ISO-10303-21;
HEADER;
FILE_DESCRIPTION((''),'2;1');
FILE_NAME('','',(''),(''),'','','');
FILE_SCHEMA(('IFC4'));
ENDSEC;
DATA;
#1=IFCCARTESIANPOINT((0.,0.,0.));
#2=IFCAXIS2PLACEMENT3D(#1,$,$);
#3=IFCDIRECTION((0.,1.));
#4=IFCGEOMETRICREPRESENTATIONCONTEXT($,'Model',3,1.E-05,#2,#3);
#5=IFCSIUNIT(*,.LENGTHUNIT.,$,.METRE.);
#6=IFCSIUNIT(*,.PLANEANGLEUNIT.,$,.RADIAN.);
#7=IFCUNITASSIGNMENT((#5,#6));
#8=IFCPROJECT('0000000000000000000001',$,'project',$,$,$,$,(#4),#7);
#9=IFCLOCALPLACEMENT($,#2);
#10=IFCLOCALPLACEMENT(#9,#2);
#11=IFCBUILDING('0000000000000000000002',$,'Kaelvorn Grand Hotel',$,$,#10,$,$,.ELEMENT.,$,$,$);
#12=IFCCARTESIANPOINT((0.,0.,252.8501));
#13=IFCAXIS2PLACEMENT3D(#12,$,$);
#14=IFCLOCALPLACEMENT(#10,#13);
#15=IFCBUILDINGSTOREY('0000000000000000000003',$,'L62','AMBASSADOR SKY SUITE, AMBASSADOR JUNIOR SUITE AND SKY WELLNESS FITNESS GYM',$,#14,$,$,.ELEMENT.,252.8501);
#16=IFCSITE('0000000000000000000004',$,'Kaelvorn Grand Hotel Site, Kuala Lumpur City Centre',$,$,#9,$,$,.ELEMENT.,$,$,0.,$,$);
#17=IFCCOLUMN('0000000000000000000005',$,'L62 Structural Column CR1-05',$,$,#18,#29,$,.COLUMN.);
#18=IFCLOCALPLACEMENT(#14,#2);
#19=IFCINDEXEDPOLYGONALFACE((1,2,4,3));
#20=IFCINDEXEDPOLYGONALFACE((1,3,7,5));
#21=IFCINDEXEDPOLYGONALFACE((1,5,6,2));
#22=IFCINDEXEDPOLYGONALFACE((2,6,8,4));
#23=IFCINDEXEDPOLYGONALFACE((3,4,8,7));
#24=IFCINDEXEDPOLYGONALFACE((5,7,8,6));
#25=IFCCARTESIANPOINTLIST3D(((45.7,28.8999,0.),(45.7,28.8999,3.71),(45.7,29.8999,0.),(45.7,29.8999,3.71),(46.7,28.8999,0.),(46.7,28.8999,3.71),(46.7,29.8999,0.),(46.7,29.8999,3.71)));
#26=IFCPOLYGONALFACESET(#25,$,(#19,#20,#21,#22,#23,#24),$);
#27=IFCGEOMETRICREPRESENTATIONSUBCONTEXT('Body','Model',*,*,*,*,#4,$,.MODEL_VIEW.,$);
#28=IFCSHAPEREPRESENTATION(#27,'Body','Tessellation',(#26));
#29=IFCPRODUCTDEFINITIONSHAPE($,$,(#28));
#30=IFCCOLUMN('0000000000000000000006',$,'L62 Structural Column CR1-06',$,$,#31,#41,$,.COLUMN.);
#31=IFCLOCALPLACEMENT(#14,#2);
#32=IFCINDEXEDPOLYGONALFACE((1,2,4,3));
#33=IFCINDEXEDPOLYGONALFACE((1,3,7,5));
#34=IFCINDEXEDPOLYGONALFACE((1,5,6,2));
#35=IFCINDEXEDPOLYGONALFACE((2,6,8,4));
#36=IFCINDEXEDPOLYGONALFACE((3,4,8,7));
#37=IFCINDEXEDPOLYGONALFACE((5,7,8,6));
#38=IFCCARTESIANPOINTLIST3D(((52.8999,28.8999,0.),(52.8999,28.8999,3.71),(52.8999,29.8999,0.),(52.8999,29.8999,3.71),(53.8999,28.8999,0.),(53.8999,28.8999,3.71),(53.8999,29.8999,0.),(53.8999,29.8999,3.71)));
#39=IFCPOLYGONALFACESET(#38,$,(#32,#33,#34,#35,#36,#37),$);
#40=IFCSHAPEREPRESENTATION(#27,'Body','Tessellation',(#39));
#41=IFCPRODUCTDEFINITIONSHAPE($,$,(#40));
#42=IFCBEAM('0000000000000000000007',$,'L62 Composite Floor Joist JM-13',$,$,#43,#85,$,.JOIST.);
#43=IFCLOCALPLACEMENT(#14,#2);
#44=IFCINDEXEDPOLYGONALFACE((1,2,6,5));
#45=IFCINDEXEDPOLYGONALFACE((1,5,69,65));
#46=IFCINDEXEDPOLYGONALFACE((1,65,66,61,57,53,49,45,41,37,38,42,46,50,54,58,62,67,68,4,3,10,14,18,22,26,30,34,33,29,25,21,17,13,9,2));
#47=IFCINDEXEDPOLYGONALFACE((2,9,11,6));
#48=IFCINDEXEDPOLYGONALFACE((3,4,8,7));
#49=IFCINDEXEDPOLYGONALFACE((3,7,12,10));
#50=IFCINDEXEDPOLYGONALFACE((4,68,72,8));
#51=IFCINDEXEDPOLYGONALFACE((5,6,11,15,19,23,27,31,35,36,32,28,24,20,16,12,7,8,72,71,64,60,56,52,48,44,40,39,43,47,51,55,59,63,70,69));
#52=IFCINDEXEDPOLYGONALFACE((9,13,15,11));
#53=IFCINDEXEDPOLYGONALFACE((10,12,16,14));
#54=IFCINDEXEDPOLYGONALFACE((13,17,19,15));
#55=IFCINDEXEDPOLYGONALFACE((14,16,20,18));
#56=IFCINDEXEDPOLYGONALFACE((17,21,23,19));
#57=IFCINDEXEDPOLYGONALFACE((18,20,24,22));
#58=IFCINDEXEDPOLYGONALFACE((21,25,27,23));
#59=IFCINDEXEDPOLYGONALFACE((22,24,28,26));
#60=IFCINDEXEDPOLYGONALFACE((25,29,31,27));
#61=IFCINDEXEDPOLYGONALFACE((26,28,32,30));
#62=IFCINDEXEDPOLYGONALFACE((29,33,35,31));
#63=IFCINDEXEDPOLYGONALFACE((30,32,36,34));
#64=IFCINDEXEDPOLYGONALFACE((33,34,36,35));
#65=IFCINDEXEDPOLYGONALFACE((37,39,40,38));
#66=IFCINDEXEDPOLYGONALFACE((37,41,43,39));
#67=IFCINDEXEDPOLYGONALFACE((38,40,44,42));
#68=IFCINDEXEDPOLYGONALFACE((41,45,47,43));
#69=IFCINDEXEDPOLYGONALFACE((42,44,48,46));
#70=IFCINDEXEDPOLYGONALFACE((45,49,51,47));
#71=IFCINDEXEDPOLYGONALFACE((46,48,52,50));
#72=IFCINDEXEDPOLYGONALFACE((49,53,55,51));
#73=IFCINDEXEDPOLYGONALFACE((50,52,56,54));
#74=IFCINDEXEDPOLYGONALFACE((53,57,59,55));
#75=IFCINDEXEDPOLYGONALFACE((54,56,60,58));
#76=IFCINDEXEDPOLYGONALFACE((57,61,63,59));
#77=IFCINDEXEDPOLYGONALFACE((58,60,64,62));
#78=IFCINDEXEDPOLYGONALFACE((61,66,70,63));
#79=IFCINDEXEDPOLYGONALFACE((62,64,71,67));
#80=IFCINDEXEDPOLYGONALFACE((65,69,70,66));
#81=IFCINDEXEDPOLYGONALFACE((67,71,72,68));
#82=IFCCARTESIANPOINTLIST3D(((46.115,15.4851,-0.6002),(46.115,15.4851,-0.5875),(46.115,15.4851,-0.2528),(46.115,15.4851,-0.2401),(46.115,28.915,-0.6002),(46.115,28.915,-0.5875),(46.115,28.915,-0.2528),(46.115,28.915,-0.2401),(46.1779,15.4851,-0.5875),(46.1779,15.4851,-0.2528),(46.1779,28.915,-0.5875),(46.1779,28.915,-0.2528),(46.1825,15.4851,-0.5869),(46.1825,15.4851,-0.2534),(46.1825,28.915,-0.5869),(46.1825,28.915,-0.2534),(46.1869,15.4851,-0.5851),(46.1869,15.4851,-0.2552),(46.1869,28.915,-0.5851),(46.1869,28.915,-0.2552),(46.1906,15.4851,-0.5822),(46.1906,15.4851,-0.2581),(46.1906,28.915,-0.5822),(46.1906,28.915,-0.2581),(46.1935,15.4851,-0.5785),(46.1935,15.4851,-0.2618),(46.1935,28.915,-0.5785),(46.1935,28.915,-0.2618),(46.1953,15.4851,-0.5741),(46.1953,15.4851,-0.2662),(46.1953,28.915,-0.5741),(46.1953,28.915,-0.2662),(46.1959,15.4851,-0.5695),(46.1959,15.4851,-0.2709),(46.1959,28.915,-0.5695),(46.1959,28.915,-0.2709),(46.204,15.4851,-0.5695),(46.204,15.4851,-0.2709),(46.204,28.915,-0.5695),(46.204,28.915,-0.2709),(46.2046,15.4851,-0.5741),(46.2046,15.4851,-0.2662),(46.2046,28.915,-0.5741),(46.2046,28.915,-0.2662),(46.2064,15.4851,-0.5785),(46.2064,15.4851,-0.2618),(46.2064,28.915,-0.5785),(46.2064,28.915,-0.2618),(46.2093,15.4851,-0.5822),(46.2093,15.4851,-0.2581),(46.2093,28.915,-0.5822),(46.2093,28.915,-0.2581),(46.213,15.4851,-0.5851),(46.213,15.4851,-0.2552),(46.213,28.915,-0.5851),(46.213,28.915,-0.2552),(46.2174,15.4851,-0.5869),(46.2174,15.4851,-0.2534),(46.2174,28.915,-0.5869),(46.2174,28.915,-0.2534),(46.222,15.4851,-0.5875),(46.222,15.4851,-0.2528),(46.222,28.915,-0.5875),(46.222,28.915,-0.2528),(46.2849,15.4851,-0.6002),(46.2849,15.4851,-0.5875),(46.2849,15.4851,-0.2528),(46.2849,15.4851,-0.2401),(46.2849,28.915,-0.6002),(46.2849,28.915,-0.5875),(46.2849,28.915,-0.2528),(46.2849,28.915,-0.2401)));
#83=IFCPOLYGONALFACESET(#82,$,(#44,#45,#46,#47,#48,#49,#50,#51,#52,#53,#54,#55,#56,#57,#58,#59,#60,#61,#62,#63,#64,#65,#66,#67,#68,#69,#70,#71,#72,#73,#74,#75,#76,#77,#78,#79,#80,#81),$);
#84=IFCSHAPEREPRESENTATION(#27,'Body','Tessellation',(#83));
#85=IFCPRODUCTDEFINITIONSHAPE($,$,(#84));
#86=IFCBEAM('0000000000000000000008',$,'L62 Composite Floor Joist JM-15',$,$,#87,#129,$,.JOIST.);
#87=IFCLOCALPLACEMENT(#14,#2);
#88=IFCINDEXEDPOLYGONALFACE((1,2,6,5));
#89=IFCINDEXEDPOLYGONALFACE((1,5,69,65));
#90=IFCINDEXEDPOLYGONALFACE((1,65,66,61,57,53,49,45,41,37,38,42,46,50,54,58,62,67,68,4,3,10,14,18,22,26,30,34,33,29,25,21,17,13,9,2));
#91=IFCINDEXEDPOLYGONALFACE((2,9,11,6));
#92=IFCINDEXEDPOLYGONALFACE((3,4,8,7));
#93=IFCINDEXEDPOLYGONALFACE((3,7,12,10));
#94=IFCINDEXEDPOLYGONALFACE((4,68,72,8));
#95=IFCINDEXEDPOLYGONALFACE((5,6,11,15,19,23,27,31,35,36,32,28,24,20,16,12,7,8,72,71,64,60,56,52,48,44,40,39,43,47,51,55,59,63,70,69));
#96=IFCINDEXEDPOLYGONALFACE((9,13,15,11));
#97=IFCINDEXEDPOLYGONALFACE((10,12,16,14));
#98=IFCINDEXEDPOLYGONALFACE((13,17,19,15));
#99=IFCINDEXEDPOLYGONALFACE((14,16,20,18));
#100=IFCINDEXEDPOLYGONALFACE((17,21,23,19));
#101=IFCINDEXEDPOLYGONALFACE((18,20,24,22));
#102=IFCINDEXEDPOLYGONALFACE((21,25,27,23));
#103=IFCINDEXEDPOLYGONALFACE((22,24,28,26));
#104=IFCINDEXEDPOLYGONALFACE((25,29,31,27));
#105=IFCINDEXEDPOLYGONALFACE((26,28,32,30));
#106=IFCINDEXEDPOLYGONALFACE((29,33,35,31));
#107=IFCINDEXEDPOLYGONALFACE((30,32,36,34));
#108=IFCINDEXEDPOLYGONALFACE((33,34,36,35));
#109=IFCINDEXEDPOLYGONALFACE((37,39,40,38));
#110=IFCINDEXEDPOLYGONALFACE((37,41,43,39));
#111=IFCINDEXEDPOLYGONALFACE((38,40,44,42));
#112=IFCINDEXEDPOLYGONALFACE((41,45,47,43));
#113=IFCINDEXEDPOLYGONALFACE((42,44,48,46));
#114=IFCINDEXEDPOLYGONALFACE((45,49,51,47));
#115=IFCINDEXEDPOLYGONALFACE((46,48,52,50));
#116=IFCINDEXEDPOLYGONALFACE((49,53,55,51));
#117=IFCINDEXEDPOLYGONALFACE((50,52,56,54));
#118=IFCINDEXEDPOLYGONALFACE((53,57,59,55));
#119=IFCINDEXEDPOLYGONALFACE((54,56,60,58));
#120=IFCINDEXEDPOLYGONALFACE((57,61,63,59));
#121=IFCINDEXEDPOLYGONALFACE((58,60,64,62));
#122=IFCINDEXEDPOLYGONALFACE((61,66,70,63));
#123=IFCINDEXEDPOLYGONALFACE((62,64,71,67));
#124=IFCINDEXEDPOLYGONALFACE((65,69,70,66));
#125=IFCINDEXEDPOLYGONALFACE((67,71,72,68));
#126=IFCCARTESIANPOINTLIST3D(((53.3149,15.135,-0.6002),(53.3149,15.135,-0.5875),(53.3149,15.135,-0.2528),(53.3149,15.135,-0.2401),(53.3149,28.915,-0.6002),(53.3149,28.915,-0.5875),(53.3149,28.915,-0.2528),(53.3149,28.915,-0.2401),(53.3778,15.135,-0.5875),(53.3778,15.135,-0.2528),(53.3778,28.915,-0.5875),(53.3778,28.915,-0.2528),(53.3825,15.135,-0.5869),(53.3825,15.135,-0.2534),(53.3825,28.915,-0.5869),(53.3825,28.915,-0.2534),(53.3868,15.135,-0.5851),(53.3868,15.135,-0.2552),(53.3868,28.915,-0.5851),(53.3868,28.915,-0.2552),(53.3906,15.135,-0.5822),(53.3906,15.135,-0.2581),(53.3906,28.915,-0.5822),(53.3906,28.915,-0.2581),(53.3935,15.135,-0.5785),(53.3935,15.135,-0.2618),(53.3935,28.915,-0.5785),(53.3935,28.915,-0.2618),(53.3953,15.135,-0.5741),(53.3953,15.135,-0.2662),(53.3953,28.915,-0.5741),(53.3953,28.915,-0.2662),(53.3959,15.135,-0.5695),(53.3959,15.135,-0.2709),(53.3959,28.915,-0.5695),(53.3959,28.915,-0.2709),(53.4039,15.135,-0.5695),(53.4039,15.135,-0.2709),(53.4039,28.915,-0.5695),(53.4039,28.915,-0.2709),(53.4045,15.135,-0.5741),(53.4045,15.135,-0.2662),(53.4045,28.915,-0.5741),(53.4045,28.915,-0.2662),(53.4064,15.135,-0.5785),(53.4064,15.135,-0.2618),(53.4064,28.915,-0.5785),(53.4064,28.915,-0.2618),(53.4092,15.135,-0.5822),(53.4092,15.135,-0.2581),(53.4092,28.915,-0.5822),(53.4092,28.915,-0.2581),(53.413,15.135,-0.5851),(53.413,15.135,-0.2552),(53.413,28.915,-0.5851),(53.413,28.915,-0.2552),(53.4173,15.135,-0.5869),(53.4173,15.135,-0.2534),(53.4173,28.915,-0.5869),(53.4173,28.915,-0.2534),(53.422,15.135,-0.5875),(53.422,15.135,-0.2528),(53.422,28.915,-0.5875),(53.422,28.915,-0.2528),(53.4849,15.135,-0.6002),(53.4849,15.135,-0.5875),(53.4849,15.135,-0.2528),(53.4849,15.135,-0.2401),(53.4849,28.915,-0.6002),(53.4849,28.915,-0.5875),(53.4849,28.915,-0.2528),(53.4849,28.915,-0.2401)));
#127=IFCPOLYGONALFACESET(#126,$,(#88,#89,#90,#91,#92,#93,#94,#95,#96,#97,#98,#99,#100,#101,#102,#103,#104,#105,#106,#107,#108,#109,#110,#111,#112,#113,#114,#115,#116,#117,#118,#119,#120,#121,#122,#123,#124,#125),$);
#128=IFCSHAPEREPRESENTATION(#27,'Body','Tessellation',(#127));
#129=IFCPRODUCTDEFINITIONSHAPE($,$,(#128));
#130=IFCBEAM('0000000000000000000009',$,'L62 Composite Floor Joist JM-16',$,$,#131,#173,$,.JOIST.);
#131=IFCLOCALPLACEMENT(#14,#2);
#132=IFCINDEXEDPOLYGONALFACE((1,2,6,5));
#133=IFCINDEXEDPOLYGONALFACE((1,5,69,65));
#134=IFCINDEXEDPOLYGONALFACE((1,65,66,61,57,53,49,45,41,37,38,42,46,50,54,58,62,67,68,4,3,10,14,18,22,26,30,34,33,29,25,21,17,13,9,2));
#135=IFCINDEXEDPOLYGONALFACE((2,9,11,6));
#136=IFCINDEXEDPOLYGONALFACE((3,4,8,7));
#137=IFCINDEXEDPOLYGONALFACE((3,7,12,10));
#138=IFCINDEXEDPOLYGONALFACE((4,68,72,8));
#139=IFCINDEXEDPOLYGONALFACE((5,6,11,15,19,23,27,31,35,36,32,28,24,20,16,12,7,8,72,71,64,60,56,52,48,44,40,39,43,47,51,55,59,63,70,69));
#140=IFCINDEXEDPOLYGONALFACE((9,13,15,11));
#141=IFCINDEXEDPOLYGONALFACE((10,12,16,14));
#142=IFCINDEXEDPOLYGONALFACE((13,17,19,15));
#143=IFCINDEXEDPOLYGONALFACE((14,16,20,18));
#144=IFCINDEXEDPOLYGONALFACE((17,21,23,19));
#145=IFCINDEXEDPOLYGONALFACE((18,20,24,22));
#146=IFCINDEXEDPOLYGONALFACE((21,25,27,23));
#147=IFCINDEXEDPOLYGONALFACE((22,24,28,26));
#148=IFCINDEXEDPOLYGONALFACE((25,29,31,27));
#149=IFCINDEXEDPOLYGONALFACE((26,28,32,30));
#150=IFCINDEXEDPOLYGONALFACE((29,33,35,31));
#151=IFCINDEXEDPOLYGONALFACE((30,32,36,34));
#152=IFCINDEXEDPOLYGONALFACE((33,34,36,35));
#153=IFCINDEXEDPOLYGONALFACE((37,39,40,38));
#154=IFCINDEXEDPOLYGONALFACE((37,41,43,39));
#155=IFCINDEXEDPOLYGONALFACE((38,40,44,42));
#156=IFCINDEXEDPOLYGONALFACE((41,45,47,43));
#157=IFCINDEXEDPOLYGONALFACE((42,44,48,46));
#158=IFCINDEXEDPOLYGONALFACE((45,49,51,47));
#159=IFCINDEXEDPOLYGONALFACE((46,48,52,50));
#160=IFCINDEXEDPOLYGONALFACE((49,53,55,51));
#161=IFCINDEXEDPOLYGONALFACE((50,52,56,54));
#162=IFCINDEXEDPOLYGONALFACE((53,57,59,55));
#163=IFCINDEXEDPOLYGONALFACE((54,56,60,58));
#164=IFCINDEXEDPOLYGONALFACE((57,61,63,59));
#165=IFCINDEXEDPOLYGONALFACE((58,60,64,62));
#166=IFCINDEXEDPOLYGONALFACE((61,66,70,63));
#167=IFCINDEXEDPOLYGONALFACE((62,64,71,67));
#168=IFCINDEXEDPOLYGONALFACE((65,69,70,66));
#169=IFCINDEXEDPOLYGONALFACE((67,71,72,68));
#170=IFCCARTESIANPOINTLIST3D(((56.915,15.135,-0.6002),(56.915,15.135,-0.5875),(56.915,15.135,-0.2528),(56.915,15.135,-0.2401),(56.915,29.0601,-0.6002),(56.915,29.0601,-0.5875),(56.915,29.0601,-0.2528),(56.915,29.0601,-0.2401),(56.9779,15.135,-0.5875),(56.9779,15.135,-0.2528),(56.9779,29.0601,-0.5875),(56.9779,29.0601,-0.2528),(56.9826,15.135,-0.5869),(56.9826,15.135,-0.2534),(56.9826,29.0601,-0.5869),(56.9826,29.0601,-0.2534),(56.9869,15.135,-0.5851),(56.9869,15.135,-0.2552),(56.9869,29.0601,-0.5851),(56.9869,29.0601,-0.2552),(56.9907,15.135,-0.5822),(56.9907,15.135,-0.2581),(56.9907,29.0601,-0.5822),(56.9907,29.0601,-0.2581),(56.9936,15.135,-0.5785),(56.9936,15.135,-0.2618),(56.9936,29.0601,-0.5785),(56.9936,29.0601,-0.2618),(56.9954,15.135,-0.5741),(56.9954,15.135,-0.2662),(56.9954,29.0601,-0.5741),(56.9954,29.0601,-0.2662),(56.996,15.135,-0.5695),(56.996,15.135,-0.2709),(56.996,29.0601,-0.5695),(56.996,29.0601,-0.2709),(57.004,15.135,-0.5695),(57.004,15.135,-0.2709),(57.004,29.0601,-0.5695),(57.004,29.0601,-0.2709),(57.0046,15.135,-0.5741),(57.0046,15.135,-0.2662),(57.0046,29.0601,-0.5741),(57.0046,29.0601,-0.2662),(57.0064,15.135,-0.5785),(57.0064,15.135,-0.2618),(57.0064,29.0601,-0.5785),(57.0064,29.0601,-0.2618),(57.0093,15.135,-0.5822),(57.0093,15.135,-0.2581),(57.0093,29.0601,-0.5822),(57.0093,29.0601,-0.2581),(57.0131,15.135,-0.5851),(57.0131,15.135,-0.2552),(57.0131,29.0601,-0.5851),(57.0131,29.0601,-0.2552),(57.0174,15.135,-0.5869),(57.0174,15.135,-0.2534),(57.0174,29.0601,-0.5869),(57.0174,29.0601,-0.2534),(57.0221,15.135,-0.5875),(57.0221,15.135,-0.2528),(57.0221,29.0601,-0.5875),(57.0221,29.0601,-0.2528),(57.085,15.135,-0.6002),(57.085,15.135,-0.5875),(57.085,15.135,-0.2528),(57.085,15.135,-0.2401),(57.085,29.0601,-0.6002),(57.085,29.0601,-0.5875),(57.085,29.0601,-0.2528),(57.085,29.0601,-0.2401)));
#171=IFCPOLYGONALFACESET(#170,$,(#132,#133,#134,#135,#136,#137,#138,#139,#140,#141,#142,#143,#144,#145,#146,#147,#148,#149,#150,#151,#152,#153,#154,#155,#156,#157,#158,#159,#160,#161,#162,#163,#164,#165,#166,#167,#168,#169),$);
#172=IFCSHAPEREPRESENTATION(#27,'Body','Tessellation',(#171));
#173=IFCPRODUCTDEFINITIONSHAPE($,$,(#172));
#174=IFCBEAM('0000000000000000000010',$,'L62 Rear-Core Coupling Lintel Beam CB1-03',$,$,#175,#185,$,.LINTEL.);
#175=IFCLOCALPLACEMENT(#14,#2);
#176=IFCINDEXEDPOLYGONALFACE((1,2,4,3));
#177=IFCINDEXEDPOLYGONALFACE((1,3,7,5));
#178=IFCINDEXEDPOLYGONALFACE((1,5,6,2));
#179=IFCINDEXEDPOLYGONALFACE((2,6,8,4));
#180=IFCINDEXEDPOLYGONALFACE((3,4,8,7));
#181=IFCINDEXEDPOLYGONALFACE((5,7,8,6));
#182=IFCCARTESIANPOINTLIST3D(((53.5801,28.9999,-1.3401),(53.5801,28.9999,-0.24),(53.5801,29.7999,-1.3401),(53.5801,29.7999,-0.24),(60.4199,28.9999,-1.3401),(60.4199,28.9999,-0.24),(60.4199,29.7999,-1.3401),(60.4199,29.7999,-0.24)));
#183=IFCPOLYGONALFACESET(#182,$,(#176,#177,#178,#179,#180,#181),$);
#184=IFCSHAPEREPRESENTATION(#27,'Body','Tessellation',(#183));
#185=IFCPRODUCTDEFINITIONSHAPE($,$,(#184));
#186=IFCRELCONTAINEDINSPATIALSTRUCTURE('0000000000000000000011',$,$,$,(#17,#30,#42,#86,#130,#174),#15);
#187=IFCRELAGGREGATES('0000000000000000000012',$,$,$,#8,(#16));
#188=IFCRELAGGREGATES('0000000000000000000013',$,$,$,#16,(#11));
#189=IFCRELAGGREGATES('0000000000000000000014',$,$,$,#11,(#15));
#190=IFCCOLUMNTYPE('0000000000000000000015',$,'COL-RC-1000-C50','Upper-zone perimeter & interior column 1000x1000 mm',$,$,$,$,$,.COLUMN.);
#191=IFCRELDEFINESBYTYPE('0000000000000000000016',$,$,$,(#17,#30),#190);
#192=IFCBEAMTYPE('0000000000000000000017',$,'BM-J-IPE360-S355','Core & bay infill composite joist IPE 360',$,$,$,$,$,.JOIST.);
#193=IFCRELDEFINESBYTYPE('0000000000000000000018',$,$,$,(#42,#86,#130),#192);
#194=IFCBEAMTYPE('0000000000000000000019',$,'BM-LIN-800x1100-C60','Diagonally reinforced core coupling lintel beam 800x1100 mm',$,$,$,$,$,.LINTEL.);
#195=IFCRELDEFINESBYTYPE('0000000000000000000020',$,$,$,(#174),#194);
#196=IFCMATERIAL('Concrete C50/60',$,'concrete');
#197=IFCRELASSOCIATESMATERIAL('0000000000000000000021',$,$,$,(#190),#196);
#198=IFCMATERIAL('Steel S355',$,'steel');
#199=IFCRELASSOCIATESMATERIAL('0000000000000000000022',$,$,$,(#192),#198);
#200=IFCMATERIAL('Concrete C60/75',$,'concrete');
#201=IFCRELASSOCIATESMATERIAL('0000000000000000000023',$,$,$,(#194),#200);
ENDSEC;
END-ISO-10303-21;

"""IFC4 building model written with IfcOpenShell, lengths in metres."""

from ifc_helpers import new_model, si_unit, direction, frame, origin, origin_2d, place, context, subcontext, project, spatial, rectangle, i_section, extrude, material, material_profile, profile_set, type_object, element, save


model = new_model("IFC4")

# Units and contexts
model_context = context("Model", 3, precision=1e-05, world=origin(), true_north=direction((0.0, 1.0)))
body_context = subcontext(model_context, "Body", "Model", "MODEL_VIEW")
ifc_project = project(units=[si_unit("LENGTHUNIT", "METRE"), si_unit("PLANEANGLEUNIT", "RADIAN")], contexts=[model_context])

# Site, building, storey
site_placement = place(None, origin())
site = spatial("IfcSite", under=ifc_project, at=site_placement, Name="Kaelvorn Grand Hotel Site, Kuala Lumpur City Centre", CompositionType="ELEMENT", RefElevation=0.0)
building_placement = place(site_placement, origin())
building = spatial("IfcBuilding", under=site, at=building_placement, Name="Kaelvorn Grand Hotel", CompositionType="ELEMENT")
storey_placement = place(building_placement, frame((0.0, 0.0, 252.8501)))
storey = spatial("IfcBuildingStorey", under=building, at=storey_placement, Name="L62", Description="AMBASSADOR SKY SUITE, AMBASSADOR JUNIOR SUITE AND SKY WELLNESS FITNESS GYM", CompositionType="ELEMENT", Elevation=252.8501)

# Columns
ifc_material_1 = material(Name="Concrete C50/60", Category="concrete")
ifc_material_profile_1 = material_profile(ifc_material_1, rectangle(XDim=1.0, YDim=1.0, at=origin_2d()), Name="RC COL 1000x1000")
ifc_profile_set_1 = profile_set([ifc_material_profile_1], Name="Concrete C50/60")
column_type = type_object("IfcColumnType", Name="COL-RC-1000-C50", Description="Upper-zone perimeter & interior column 1000x1000 mm", PredefinedType="COLUMN", material=ifc_profile_set_1)
for number, where, z_axis, x_axis, name in (
    (1, (46.2, 29.3999, 0.0), (0.0, 0.0, 1.0), (1.0, 0.0, 0.0), "L62 Structural Column CR1-05"),
    (2, (53.3999, 29.3999, 0.0), (0.0, 0.0, 1.0), (1.0, 0.0, 0.0), "L62 Structural Column CR1-06"),
):
    element("IfcColumn", number, at=place(storey_placement, frame(where, z_axis=z_axis, x_axis=x_axis)), inside=storey, type_object=column_type, Name=name, PredefinedType="COLUMN", context=body_context, shape_type="SweptSolid", body=[
        extrude(rectangle(XDim=1.0, YDim=1.0, at=origin_2d()), origin(), (0.0, 0.0, 1.0), 3.71),
    ])

# Beams
ifc_material_2 = material(Name="Steel S355", Category="steel")
ifc_material_profile_2 = material_profile(ifc_material_2, i_section(OverallWidth=0.1699, OverallDepth=0.3601, WebThickness=0.0081, FlangeThickness=0.0127, FilletRadius=0.0181, at=origin_2d()), Name="IPE 360")
ifc_profile_set_2 = profile_set([ifc_material_profile_2], Name="Steel S355")
beam_type_1 = type_object("IfcBeamType", Name="BM-J-IPE360-S355", Description="Core & bay infill composite joist IPE 360", PredefinedType="JOIST", material=ifc_profile_set_2)
beam_1_placement = place(storey_placement, frame((46.2, 15.4851, -0.4202), z_axis=(0.0, 1.0, 0.0), x_axis=(-1.0, 0.0, 0.0)))
element("IfcBeam", 3, at=beam_1_placement, inside=storey, type_object=beam_type_1, Name="L62 Composite Floor Joist JM-13", PredefinedType="JOIST", context=body_context, shape_type="SweptSolid", body=[
    extrude(i_section(OverallWidth=0.1699, OverallDepth=0.3601, WebThickness=0.0081, FlangeThickness=0.0127, FilletRadius=0.0181, at=origin_2d()), origin(), (0.0, 0.0, 1.0), 13.4299),
])
beam_2_placement = place(storey_placement, frame((53.3999, 15.135, -0.4202), z_axis=(0.0, 1.0, 0.0), x_axis=(-1.0, 0.0, 0.0)))
element("IfcBeam", 4, at=beam_2_placement, inside=storey, type_object=beam_type_1, Name="L62 Composite Floor Joist JM-15", PredefinedType="JOIST", context=body_context, shape_type="SweptSolid", body=[
    extrude(i_section(OverallWidth=0.1699, OverallDepth=0.3601, WebThickness=0.0081, FlangeThickness=0.0127, FilletRadius=0.0181, at=origin_2d()), origin(), (0.0, 0.0, 1.0), 13.78),
])
beam_3_placement = place(storey_placement, frame((57.0, 15.135, -0.4202), z_axis=(0.0, 1.0, 0.0), x_axis=(-1.0, 0.0, 0.0)))
element("IfcBeam", 5, at=beam_3_placement, inside=storey, type_object=beam_type_1, Name="L62 Composite Floor Joist JM-16", PredefinedType="JOIST", context=body_context, shape_type="SweptSolid", body=[
    extrude(i_section(OverallWidth=0.1699, OverallDepth=0.3601, WebThickness=0.0081, FlangeThickness=0.0127, FilletRadius=0.0181, at=origin_2d()), origin(), (0.0, 0.0, 1.0), 13.925),
])
ifc_material_3 = material(Name="Concrete C60/75", Category="concrete")
ifc_material_profile_3 = material_profile(ifc_material_3, rectangle(XDim=0.8, YDim=1.1001, at=origin_2d()), Name="RC LINTEL 800x1100")
ifc_profile_set_3 = profile_set([ifc_material_profile_3], Name="Concrete C60/75")
beam_type_2 = type_object("IfcBeamType", Name="BM-LIN-800x1100-C60", Description="Diagonally reinforced core coupling lintel beam 800x1100 mm", PredefinedType="LINTEL", material=ifc_profile_set_3)
beam_4_placement = place(storey_placement, frame((53.5801, 29.3999, -0.79), z_axis=(1.0, 0.0, 0.0), x_axis=(0.0, 1.0, 0.0)))
element("IfcBeam", 6, at=beam_4_placement, inside=storey, type_object=beam_type_2, Name="L62 Rear-Core Coupling Lintel Beam CB1-03", PredefinedType="LINTEL", context=body_context, shape_type="SweptSolid", body=[
    extrude(rectangle(XDim=0.8, YDim=1.1001, at=origin_2d()), origin(), (0.0, 0.0, 1.0), 6.8398),
])

save(model, "model.ifc")
